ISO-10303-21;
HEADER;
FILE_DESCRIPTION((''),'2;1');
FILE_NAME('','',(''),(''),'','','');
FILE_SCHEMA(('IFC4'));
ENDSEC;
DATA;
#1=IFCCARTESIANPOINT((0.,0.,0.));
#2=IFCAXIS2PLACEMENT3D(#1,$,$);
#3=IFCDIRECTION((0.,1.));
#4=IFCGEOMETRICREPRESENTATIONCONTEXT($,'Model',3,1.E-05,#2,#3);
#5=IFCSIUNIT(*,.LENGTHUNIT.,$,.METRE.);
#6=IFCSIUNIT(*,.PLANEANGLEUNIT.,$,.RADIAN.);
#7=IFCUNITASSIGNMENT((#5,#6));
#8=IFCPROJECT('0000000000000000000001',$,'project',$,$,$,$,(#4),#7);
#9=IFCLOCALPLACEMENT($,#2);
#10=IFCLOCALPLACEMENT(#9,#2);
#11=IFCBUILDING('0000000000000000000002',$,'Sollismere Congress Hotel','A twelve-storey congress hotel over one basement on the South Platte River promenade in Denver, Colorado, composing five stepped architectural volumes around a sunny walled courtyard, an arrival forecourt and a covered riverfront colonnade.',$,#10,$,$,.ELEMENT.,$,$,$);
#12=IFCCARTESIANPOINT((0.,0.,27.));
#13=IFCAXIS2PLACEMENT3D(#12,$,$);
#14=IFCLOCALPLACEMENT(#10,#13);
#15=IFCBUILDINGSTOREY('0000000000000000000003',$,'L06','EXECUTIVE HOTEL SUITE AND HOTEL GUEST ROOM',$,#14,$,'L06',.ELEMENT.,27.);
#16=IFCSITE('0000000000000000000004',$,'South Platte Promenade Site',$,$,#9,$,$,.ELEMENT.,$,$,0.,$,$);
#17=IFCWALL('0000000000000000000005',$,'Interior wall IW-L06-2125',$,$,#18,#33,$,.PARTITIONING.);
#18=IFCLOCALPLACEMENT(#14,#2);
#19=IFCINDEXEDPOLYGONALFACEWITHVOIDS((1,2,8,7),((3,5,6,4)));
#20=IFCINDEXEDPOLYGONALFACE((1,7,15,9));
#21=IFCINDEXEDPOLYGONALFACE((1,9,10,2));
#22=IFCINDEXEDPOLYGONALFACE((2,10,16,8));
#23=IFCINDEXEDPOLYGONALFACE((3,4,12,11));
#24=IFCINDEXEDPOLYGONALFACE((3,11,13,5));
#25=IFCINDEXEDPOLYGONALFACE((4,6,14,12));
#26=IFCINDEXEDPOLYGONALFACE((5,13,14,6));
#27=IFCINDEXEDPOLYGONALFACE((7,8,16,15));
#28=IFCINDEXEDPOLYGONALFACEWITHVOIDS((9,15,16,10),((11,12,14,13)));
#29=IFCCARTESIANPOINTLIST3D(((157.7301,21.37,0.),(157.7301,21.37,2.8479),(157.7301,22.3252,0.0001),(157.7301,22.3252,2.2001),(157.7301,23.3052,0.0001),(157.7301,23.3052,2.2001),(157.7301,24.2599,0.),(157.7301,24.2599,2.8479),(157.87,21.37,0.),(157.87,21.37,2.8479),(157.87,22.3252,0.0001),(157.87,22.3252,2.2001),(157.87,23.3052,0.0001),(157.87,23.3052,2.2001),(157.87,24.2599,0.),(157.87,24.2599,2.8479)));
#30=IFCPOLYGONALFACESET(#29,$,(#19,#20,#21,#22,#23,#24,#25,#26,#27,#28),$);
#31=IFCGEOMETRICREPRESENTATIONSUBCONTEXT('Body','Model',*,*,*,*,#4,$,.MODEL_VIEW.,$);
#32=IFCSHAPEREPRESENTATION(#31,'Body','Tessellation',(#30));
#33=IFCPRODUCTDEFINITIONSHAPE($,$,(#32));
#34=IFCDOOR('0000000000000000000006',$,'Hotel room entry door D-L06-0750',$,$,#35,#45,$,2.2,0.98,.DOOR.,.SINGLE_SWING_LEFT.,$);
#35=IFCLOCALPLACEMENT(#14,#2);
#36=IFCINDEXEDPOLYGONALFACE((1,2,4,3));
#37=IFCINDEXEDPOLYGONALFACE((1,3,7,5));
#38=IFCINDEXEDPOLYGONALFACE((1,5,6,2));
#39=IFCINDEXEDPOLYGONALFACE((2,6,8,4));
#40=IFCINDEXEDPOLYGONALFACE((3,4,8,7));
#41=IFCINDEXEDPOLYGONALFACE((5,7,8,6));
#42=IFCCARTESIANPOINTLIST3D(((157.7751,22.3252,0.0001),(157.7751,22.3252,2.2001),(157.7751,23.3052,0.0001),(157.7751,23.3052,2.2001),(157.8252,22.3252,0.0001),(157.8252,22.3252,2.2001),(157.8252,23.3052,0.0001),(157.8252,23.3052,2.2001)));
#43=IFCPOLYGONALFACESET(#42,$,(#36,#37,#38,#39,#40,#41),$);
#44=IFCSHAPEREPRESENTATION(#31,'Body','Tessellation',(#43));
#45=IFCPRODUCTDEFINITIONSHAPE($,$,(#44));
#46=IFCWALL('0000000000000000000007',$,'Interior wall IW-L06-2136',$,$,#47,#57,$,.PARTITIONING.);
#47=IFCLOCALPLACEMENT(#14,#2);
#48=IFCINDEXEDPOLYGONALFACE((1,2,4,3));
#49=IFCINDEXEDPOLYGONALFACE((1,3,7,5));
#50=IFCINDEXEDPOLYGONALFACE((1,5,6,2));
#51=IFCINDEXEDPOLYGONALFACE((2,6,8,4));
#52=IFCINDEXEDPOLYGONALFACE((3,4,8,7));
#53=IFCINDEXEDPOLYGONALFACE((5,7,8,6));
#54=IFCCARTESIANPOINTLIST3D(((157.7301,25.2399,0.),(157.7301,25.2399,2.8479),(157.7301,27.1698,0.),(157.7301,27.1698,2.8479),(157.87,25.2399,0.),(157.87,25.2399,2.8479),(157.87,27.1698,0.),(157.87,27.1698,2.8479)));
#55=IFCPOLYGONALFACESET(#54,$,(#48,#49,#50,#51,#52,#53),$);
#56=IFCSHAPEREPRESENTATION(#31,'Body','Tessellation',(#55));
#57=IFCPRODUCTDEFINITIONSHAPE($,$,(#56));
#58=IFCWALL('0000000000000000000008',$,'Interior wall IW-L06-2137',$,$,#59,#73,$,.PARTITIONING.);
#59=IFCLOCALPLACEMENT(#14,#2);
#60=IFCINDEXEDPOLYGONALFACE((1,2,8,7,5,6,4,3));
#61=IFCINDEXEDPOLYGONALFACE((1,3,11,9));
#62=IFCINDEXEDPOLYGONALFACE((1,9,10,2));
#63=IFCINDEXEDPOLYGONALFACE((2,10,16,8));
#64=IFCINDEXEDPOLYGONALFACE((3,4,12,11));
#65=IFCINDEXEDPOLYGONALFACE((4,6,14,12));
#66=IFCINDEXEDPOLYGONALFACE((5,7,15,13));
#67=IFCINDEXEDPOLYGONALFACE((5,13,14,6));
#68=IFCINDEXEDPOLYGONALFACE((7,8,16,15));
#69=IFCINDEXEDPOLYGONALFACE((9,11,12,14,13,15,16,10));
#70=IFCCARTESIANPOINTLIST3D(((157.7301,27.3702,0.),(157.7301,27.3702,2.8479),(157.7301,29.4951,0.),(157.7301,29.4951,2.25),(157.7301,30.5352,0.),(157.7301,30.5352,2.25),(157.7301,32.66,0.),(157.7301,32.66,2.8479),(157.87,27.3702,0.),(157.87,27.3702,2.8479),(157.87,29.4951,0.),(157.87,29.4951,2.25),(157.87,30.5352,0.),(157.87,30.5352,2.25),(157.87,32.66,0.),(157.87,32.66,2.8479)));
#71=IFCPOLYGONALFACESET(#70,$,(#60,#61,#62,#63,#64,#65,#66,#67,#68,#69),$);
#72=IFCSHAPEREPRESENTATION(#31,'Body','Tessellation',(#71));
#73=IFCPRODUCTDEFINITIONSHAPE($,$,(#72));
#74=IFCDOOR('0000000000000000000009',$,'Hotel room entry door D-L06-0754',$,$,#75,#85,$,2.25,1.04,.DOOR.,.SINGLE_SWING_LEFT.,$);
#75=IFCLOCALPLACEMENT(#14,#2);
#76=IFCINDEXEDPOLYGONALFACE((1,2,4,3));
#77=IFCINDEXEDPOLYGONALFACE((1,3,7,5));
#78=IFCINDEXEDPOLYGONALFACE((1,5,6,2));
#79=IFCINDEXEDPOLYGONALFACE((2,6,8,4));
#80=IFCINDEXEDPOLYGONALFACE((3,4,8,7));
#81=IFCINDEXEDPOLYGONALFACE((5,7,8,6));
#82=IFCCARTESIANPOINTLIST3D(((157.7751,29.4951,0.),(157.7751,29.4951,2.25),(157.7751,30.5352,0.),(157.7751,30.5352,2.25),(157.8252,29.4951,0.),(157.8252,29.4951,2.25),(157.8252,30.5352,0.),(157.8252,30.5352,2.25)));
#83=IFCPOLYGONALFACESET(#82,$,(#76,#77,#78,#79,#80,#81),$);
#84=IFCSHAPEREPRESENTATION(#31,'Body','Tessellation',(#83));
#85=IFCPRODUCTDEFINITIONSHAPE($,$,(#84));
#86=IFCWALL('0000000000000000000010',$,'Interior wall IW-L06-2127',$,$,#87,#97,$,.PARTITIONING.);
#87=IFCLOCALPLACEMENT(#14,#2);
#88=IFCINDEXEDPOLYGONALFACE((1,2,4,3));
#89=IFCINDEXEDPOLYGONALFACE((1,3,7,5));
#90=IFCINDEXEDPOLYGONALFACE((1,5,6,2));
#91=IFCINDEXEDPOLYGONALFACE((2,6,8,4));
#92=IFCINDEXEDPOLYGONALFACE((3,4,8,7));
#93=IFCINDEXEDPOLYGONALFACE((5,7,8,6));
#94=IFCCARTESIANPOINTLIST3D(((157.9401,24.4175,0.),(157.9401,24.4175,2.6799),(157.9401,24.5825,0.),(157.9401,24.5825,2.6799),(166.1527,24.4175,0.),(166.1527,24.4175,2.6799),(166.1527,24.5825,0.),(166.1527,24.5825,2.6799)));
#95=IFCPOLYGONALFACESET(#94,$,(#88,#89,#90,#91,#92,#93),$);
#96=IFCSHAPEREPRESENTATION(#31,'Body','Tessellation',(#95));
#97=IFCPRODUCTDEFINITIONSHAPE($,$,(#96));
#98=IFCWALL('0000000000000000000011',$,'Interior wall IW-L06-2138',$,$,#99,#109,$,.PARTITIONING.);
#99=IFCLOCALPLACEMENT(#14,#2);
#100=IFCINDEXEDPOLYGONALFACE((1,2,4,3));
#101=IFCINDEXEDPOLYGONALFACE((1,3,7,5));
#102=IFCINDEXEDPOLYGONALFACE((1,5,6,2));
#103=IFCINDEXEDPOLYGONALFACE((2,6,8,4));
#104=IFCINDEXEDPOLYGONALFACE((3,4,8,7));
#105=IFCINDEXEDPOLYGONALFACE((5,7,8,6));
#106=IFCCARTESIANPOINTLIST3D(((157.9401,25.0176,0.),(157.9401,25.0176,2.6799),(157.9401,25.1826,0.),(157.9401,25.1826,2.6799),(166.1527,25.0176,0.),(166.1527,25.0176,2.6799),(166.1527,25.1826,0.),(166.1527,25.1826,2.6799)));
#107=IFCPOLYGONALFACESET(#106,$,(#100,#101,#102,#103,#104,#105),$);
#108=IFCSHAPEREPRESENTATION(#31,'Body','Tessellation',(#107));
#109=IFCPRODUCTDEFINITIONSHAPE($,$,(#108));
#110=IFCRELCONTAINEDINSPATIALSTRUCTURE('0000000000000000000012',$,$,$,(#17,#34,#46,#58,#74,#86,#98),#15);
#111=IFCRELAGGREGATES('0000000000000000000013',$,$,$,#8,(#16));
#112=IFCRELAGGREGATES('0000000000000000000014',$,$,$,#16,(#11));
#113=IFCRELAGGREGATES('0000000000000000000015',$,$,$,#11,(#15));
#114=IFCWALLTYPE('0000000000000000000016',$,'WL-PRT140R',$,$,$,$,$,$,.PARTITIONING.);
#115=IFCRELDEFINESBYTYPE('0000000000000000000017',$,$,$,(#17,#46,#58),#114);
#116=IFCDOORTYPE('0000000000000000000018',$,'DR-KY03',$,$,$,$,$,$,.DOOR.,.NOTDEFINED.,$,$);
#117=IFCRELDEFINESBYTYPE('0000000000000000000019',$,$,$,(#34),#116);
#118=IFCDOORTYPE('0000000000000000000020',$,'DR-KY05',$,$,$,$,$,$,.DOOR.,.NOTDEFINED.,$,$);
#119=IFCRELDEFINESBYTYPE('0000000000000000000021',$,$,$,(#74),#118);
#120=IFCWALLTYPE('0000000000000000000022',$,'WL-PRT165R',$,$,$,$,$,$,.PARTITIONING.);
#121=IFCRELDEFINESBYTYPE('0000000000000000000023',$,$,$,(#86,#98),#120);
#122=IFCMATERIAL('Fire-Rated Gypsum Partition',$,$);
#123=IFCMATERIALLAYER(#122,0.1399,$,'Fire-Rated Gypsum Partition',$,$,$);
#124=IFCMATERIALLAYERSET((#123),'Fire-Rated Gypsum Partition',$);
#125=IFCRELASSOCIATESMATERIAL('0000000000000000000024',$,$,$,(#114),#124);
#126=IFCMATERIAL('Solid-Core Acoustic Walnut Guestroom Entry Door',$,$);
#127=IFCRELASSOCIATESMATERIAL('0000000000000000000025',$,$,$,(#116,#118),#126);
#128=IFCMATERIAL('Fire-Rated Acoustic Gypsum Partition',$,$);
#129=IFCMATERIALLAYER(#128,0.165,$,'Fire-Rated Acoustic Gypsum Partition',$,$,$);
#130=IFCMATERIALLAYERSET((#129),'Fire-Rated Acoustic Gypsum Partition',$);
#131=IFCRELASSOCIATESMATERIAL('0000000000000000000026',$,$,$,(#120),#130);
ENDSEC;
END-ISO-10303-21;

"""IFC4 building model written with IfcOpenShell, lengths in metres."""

from ifc_helpers import new_model, si_unit, direction, frame, frame_2d, origin, place, context, subcontext, project, spatial, rectangle, extrude, material, layer, layer_set, type_object, element, fill, save


model = new_model("IFC4")

# Units and contexts
model_context = context("Model", 3, precision=1e-05, world=origin(), true_north=direction((0.0, 1.0)))
body_context = subcontext(model_context, "Body", "Model", "MODEL_VIEW")
ifc_project = project(units=[si_unit("LENGTHUNIT", "METRE"), si_unit("PLANEANGLEUNIT", "RADIAN")], contexts=[model_context])

# Site, building, storey
site_placement = place(None, origin())
site = spatial("IfcSite", under=ifc_project, at=site_placement, Name="South Platte Promenade Site", CompositionType="ELEMENT", RefElevation=0.0)
building_placement = place(site_placement, origin())
building = spatial("IfcBuilding", under=site, at=building_placement, Name="Sollismere Congress Hotel", Description="A twelve-storey congress hotel over one basement on the South Platte River promenade in Denver, Colorado, composing five stepped architectural volumes around a sunny walled courtyard, an arrival forecourt and a covered riverfront colonnade.", CompositionType="ELEMENT")
storey_placement = place(building_placement, frame((0.0, 0.0, 27.0)))
storey = spatial("IfcBuildingStorey", under=building, at=storey_placement, Name="L06", Description="EXECUTIVE HOTEL SUITE AND HOTEL GUEST ROOM", LongName="L06", CompositionType="ELEMENT", Elevation=27.0)

# Shared definitions
ifc_material_1 = material(Name="Fire-Rated Gypsum Partition")
ifc_layer_1 = layer(ifc_material_1, 0.1399, Name="Fire-Rated Gypsum Partition")
ifc_layer_set_1 = layer_set([ifc_layer_1], Name="Fire-Rated Gypsum Partition")
wall_type_1 = type_object("IfcWallType", Name="WL-PRT140R", PredefinedType="PARTITIONING", material=ifc_layer_set_1)

# Wall, opening, door
wall_1_placement = place(storey_placement, frame((157.8, 21.3701, 0.0), z_axis=(0.0, 0.0, 1.0), x_axis=(0.0, 1.0, 0.0)))
wall_1 = element("IfcWall", 1, at=wall_1_placement, inside=storey, type_object=wall_type_1, Name="Interior wall IW-L06-2125", PredefinedType="PARTITIONING", context=body_context, shape_type="SweptSolid", body=[
    extrude(rectangle(XDim=2.8899, YDim=0.1399, at=frame_2d((1.4448, 0.0))), origin(), (0.0, 0.0, 1.0), 2.8479),
])
opening_1_placement = place(wall_1_placement, frame((0.9551, 0.0, 0.0)))
opening_1 = element("IfcOpeningElement", 2, at=opening_1_placement, cuts=wall_1, PredefinedType="OPENING", context=body_context, shape_type="SweptSolid", body=[
    extrude(rectangle(XDim=0.98, YDim=2.2, at=frame_2d((0.49, 1.1001))), frame((0.0, 0.0798, 0.0), z_axis=(0.0, -1.0, 0.0), x_axis=(1.0, 0.0, 0.0)), (0.0, 0.0, 1.0), 0.1599),
])
ifc_material_2 = material(Name="Solid-Core Acoustic Walnut Guestroom Entry Door")
door_type_1 = type_object("IfcDoorType", Name="DR-KY03", OperationType="NOTDEFINED", PredefinedType="DOOR", material=ifc_material_2)
door_1_placement = place(opening_1_placement, origin())
door_1 = element("IfcDoor", 3, at=door_1_placement, inside=storey, type_object=door_type_1, Name="Hotel room entry door D-L06-0750", OperationType="SINGLE_SWING_LEFT", OverallHeight=2.2, OverallWidth=0.98, PredefinedType="DOOR", context=body_context, shape_type="SweptSolid", body=[
    extrude(rectangle(XDim=0.98, YDim=2.2, at=frame_2d((0.49, 1.1001))), frame((0.0, 0.0249, 0.0), z_axis=(0.0, -1.0, 0.0), x_axis=(1.0, 0.0, 0.0)), (0.0, 0.0, 1.0), 0.05),
])
fill(opening_1, door_1)

# Wall
wall_2_placement = place(storey_placement, frame((157.8, 25.24, 0.0), z_axis=(0.0, 0.0, 1.0), x_axis=(0.0, 1.0, 0.0)))
element("IfcWall", 4, at=wall_2_placement, inside=storey, type_object=wall_type_1, Name="Interior wall IW-L06-2136", PredefinedType="PARTITIONING", context=body_context, shape_type="SweptSolid", body=[
    extrude(rectangle(XDim=1.9299, YDim=0.1399, at=frame_2d((0.9648, 0.0))), origin(), (0.0, 0.0, 1.0), 2.8479),
])

# Wall, opening, door
wall_3_placement = place(storey_placement, frame((157.8, 27.3701, 0.0), z_axis=(0.0, 0.0, 1.0), x_axis=(0.0, 1.0, 0.0)))
wall_3 = element("IfcWall", 5, at=wall_3_placement, inside=storey, type_object=wall_type_1, Name="Interior wall IW-L06-2137", PredefinedType="PARTITIONING", context=body_context, shape_type="SweptSolid", body=[
    extrude(rectangle(XDim=5.2898, YDim=0.1399, at=frame_2d((2.645, 0.0))), origin(), (0.0, 0.0, 1.0), 2.8479),
])
opening_2_placement = place(wall_3_placement, frame((2.125, 0.0, 0.0)))
opening_2 = element("IfcOpeningElement", 6, at=opening_2_placement, cuts=wall_3, PredefinedType="OPENING", context=body_context, shape_type="SweptSolid", body=[
    extrude(rectangle(XDim=1.04, YDim=2.25, at=frame_2d((0.52, 1.125))), frame((0.0, 0.0798, 0.0), z_axis=(0.0, -1.0, 0.0), x_axis=(1.0, 0.0, 0.0)), (0.0, 0.0, 1.0), 0.1599),
])
door_type_2 = type_object("IfcDoorType", Name="DR-KY05", OperationType="NOTDEFINED", PredefinedType="DOOR", material=ifc_material_2)
door_2_placement = place(opening_2_placement, origin())
door_2 = element("IfcDoor", 7, at=door_2_placement, inside=storey, type_object=door_type_2, Name="Hotel room entry door D-L06-0754", OperationType="SINGLE_SWING_LEFT", OverallHeight=2.25, OverallWidth=1.04, PredefinedType="DOOR", context=body_context, shape_type="SweptSolid", body=[
    extrude(rectangle(XDim=1.04, YDim=2.25, at=frame_2d((0.52, 1.125))), frame((0.0, 0.0249, 0.0), z_axis=(0.0, -1.0, 0.0), x_axis=(1.0, 0.0, 0.0)), (0.0, 0.0, 1.0), 0.05),
])
fill(opening_2, door_2)

# Walls
ifc_material_3 = material(Name="Fire-Rated Acoustic Gypsum Partition")
ifc_layer_2 = layer(ifc_material_3, 0.165, Name="Fire-Rated Acoustic Gypsum Partition")
ifc_layer_set_2 = layer_set([ifc_layer_2], Name="Fire-Rated Acoustic Gypsum Partition")
wall_type_2 = type_object("IfcWallType", Name="WL-PRT165R", PredefinedType="PARTITIONING", material=ifc_layer_set_2)
for number, where, z_axis, x_axis, name in (
    (8, (157.9399, 24.5, 0.0), (0.0, 0.0, 1.0), (1.0, 0.0, 0.0), "Interior wall IW-L06-2127"),
    (9, (157.9399, 25.1001, 0.0), (0.0, 0.0, 1.0), (1.0, 0.0, 0.0), "Interior wall IW-L06-2138"),
):
    element("IfcWall", number, at=place(storey_placement, frame(where, z_axis=z_axis, x_axis=x_axis)), inside=storey, type_object=wall_type_2, Name=name, PredefinedType="PARTITIONING", context=body_context, shape_type="SweptSolid", body=[
        extrude(rectangle(XDim=8.2126, YDim=0.165, at=frame_2d((4.1064, 0.0))), origin(), (0.0, 0.0, 1.0), 2.6799),
    ])

save(model, "model.ifc")
